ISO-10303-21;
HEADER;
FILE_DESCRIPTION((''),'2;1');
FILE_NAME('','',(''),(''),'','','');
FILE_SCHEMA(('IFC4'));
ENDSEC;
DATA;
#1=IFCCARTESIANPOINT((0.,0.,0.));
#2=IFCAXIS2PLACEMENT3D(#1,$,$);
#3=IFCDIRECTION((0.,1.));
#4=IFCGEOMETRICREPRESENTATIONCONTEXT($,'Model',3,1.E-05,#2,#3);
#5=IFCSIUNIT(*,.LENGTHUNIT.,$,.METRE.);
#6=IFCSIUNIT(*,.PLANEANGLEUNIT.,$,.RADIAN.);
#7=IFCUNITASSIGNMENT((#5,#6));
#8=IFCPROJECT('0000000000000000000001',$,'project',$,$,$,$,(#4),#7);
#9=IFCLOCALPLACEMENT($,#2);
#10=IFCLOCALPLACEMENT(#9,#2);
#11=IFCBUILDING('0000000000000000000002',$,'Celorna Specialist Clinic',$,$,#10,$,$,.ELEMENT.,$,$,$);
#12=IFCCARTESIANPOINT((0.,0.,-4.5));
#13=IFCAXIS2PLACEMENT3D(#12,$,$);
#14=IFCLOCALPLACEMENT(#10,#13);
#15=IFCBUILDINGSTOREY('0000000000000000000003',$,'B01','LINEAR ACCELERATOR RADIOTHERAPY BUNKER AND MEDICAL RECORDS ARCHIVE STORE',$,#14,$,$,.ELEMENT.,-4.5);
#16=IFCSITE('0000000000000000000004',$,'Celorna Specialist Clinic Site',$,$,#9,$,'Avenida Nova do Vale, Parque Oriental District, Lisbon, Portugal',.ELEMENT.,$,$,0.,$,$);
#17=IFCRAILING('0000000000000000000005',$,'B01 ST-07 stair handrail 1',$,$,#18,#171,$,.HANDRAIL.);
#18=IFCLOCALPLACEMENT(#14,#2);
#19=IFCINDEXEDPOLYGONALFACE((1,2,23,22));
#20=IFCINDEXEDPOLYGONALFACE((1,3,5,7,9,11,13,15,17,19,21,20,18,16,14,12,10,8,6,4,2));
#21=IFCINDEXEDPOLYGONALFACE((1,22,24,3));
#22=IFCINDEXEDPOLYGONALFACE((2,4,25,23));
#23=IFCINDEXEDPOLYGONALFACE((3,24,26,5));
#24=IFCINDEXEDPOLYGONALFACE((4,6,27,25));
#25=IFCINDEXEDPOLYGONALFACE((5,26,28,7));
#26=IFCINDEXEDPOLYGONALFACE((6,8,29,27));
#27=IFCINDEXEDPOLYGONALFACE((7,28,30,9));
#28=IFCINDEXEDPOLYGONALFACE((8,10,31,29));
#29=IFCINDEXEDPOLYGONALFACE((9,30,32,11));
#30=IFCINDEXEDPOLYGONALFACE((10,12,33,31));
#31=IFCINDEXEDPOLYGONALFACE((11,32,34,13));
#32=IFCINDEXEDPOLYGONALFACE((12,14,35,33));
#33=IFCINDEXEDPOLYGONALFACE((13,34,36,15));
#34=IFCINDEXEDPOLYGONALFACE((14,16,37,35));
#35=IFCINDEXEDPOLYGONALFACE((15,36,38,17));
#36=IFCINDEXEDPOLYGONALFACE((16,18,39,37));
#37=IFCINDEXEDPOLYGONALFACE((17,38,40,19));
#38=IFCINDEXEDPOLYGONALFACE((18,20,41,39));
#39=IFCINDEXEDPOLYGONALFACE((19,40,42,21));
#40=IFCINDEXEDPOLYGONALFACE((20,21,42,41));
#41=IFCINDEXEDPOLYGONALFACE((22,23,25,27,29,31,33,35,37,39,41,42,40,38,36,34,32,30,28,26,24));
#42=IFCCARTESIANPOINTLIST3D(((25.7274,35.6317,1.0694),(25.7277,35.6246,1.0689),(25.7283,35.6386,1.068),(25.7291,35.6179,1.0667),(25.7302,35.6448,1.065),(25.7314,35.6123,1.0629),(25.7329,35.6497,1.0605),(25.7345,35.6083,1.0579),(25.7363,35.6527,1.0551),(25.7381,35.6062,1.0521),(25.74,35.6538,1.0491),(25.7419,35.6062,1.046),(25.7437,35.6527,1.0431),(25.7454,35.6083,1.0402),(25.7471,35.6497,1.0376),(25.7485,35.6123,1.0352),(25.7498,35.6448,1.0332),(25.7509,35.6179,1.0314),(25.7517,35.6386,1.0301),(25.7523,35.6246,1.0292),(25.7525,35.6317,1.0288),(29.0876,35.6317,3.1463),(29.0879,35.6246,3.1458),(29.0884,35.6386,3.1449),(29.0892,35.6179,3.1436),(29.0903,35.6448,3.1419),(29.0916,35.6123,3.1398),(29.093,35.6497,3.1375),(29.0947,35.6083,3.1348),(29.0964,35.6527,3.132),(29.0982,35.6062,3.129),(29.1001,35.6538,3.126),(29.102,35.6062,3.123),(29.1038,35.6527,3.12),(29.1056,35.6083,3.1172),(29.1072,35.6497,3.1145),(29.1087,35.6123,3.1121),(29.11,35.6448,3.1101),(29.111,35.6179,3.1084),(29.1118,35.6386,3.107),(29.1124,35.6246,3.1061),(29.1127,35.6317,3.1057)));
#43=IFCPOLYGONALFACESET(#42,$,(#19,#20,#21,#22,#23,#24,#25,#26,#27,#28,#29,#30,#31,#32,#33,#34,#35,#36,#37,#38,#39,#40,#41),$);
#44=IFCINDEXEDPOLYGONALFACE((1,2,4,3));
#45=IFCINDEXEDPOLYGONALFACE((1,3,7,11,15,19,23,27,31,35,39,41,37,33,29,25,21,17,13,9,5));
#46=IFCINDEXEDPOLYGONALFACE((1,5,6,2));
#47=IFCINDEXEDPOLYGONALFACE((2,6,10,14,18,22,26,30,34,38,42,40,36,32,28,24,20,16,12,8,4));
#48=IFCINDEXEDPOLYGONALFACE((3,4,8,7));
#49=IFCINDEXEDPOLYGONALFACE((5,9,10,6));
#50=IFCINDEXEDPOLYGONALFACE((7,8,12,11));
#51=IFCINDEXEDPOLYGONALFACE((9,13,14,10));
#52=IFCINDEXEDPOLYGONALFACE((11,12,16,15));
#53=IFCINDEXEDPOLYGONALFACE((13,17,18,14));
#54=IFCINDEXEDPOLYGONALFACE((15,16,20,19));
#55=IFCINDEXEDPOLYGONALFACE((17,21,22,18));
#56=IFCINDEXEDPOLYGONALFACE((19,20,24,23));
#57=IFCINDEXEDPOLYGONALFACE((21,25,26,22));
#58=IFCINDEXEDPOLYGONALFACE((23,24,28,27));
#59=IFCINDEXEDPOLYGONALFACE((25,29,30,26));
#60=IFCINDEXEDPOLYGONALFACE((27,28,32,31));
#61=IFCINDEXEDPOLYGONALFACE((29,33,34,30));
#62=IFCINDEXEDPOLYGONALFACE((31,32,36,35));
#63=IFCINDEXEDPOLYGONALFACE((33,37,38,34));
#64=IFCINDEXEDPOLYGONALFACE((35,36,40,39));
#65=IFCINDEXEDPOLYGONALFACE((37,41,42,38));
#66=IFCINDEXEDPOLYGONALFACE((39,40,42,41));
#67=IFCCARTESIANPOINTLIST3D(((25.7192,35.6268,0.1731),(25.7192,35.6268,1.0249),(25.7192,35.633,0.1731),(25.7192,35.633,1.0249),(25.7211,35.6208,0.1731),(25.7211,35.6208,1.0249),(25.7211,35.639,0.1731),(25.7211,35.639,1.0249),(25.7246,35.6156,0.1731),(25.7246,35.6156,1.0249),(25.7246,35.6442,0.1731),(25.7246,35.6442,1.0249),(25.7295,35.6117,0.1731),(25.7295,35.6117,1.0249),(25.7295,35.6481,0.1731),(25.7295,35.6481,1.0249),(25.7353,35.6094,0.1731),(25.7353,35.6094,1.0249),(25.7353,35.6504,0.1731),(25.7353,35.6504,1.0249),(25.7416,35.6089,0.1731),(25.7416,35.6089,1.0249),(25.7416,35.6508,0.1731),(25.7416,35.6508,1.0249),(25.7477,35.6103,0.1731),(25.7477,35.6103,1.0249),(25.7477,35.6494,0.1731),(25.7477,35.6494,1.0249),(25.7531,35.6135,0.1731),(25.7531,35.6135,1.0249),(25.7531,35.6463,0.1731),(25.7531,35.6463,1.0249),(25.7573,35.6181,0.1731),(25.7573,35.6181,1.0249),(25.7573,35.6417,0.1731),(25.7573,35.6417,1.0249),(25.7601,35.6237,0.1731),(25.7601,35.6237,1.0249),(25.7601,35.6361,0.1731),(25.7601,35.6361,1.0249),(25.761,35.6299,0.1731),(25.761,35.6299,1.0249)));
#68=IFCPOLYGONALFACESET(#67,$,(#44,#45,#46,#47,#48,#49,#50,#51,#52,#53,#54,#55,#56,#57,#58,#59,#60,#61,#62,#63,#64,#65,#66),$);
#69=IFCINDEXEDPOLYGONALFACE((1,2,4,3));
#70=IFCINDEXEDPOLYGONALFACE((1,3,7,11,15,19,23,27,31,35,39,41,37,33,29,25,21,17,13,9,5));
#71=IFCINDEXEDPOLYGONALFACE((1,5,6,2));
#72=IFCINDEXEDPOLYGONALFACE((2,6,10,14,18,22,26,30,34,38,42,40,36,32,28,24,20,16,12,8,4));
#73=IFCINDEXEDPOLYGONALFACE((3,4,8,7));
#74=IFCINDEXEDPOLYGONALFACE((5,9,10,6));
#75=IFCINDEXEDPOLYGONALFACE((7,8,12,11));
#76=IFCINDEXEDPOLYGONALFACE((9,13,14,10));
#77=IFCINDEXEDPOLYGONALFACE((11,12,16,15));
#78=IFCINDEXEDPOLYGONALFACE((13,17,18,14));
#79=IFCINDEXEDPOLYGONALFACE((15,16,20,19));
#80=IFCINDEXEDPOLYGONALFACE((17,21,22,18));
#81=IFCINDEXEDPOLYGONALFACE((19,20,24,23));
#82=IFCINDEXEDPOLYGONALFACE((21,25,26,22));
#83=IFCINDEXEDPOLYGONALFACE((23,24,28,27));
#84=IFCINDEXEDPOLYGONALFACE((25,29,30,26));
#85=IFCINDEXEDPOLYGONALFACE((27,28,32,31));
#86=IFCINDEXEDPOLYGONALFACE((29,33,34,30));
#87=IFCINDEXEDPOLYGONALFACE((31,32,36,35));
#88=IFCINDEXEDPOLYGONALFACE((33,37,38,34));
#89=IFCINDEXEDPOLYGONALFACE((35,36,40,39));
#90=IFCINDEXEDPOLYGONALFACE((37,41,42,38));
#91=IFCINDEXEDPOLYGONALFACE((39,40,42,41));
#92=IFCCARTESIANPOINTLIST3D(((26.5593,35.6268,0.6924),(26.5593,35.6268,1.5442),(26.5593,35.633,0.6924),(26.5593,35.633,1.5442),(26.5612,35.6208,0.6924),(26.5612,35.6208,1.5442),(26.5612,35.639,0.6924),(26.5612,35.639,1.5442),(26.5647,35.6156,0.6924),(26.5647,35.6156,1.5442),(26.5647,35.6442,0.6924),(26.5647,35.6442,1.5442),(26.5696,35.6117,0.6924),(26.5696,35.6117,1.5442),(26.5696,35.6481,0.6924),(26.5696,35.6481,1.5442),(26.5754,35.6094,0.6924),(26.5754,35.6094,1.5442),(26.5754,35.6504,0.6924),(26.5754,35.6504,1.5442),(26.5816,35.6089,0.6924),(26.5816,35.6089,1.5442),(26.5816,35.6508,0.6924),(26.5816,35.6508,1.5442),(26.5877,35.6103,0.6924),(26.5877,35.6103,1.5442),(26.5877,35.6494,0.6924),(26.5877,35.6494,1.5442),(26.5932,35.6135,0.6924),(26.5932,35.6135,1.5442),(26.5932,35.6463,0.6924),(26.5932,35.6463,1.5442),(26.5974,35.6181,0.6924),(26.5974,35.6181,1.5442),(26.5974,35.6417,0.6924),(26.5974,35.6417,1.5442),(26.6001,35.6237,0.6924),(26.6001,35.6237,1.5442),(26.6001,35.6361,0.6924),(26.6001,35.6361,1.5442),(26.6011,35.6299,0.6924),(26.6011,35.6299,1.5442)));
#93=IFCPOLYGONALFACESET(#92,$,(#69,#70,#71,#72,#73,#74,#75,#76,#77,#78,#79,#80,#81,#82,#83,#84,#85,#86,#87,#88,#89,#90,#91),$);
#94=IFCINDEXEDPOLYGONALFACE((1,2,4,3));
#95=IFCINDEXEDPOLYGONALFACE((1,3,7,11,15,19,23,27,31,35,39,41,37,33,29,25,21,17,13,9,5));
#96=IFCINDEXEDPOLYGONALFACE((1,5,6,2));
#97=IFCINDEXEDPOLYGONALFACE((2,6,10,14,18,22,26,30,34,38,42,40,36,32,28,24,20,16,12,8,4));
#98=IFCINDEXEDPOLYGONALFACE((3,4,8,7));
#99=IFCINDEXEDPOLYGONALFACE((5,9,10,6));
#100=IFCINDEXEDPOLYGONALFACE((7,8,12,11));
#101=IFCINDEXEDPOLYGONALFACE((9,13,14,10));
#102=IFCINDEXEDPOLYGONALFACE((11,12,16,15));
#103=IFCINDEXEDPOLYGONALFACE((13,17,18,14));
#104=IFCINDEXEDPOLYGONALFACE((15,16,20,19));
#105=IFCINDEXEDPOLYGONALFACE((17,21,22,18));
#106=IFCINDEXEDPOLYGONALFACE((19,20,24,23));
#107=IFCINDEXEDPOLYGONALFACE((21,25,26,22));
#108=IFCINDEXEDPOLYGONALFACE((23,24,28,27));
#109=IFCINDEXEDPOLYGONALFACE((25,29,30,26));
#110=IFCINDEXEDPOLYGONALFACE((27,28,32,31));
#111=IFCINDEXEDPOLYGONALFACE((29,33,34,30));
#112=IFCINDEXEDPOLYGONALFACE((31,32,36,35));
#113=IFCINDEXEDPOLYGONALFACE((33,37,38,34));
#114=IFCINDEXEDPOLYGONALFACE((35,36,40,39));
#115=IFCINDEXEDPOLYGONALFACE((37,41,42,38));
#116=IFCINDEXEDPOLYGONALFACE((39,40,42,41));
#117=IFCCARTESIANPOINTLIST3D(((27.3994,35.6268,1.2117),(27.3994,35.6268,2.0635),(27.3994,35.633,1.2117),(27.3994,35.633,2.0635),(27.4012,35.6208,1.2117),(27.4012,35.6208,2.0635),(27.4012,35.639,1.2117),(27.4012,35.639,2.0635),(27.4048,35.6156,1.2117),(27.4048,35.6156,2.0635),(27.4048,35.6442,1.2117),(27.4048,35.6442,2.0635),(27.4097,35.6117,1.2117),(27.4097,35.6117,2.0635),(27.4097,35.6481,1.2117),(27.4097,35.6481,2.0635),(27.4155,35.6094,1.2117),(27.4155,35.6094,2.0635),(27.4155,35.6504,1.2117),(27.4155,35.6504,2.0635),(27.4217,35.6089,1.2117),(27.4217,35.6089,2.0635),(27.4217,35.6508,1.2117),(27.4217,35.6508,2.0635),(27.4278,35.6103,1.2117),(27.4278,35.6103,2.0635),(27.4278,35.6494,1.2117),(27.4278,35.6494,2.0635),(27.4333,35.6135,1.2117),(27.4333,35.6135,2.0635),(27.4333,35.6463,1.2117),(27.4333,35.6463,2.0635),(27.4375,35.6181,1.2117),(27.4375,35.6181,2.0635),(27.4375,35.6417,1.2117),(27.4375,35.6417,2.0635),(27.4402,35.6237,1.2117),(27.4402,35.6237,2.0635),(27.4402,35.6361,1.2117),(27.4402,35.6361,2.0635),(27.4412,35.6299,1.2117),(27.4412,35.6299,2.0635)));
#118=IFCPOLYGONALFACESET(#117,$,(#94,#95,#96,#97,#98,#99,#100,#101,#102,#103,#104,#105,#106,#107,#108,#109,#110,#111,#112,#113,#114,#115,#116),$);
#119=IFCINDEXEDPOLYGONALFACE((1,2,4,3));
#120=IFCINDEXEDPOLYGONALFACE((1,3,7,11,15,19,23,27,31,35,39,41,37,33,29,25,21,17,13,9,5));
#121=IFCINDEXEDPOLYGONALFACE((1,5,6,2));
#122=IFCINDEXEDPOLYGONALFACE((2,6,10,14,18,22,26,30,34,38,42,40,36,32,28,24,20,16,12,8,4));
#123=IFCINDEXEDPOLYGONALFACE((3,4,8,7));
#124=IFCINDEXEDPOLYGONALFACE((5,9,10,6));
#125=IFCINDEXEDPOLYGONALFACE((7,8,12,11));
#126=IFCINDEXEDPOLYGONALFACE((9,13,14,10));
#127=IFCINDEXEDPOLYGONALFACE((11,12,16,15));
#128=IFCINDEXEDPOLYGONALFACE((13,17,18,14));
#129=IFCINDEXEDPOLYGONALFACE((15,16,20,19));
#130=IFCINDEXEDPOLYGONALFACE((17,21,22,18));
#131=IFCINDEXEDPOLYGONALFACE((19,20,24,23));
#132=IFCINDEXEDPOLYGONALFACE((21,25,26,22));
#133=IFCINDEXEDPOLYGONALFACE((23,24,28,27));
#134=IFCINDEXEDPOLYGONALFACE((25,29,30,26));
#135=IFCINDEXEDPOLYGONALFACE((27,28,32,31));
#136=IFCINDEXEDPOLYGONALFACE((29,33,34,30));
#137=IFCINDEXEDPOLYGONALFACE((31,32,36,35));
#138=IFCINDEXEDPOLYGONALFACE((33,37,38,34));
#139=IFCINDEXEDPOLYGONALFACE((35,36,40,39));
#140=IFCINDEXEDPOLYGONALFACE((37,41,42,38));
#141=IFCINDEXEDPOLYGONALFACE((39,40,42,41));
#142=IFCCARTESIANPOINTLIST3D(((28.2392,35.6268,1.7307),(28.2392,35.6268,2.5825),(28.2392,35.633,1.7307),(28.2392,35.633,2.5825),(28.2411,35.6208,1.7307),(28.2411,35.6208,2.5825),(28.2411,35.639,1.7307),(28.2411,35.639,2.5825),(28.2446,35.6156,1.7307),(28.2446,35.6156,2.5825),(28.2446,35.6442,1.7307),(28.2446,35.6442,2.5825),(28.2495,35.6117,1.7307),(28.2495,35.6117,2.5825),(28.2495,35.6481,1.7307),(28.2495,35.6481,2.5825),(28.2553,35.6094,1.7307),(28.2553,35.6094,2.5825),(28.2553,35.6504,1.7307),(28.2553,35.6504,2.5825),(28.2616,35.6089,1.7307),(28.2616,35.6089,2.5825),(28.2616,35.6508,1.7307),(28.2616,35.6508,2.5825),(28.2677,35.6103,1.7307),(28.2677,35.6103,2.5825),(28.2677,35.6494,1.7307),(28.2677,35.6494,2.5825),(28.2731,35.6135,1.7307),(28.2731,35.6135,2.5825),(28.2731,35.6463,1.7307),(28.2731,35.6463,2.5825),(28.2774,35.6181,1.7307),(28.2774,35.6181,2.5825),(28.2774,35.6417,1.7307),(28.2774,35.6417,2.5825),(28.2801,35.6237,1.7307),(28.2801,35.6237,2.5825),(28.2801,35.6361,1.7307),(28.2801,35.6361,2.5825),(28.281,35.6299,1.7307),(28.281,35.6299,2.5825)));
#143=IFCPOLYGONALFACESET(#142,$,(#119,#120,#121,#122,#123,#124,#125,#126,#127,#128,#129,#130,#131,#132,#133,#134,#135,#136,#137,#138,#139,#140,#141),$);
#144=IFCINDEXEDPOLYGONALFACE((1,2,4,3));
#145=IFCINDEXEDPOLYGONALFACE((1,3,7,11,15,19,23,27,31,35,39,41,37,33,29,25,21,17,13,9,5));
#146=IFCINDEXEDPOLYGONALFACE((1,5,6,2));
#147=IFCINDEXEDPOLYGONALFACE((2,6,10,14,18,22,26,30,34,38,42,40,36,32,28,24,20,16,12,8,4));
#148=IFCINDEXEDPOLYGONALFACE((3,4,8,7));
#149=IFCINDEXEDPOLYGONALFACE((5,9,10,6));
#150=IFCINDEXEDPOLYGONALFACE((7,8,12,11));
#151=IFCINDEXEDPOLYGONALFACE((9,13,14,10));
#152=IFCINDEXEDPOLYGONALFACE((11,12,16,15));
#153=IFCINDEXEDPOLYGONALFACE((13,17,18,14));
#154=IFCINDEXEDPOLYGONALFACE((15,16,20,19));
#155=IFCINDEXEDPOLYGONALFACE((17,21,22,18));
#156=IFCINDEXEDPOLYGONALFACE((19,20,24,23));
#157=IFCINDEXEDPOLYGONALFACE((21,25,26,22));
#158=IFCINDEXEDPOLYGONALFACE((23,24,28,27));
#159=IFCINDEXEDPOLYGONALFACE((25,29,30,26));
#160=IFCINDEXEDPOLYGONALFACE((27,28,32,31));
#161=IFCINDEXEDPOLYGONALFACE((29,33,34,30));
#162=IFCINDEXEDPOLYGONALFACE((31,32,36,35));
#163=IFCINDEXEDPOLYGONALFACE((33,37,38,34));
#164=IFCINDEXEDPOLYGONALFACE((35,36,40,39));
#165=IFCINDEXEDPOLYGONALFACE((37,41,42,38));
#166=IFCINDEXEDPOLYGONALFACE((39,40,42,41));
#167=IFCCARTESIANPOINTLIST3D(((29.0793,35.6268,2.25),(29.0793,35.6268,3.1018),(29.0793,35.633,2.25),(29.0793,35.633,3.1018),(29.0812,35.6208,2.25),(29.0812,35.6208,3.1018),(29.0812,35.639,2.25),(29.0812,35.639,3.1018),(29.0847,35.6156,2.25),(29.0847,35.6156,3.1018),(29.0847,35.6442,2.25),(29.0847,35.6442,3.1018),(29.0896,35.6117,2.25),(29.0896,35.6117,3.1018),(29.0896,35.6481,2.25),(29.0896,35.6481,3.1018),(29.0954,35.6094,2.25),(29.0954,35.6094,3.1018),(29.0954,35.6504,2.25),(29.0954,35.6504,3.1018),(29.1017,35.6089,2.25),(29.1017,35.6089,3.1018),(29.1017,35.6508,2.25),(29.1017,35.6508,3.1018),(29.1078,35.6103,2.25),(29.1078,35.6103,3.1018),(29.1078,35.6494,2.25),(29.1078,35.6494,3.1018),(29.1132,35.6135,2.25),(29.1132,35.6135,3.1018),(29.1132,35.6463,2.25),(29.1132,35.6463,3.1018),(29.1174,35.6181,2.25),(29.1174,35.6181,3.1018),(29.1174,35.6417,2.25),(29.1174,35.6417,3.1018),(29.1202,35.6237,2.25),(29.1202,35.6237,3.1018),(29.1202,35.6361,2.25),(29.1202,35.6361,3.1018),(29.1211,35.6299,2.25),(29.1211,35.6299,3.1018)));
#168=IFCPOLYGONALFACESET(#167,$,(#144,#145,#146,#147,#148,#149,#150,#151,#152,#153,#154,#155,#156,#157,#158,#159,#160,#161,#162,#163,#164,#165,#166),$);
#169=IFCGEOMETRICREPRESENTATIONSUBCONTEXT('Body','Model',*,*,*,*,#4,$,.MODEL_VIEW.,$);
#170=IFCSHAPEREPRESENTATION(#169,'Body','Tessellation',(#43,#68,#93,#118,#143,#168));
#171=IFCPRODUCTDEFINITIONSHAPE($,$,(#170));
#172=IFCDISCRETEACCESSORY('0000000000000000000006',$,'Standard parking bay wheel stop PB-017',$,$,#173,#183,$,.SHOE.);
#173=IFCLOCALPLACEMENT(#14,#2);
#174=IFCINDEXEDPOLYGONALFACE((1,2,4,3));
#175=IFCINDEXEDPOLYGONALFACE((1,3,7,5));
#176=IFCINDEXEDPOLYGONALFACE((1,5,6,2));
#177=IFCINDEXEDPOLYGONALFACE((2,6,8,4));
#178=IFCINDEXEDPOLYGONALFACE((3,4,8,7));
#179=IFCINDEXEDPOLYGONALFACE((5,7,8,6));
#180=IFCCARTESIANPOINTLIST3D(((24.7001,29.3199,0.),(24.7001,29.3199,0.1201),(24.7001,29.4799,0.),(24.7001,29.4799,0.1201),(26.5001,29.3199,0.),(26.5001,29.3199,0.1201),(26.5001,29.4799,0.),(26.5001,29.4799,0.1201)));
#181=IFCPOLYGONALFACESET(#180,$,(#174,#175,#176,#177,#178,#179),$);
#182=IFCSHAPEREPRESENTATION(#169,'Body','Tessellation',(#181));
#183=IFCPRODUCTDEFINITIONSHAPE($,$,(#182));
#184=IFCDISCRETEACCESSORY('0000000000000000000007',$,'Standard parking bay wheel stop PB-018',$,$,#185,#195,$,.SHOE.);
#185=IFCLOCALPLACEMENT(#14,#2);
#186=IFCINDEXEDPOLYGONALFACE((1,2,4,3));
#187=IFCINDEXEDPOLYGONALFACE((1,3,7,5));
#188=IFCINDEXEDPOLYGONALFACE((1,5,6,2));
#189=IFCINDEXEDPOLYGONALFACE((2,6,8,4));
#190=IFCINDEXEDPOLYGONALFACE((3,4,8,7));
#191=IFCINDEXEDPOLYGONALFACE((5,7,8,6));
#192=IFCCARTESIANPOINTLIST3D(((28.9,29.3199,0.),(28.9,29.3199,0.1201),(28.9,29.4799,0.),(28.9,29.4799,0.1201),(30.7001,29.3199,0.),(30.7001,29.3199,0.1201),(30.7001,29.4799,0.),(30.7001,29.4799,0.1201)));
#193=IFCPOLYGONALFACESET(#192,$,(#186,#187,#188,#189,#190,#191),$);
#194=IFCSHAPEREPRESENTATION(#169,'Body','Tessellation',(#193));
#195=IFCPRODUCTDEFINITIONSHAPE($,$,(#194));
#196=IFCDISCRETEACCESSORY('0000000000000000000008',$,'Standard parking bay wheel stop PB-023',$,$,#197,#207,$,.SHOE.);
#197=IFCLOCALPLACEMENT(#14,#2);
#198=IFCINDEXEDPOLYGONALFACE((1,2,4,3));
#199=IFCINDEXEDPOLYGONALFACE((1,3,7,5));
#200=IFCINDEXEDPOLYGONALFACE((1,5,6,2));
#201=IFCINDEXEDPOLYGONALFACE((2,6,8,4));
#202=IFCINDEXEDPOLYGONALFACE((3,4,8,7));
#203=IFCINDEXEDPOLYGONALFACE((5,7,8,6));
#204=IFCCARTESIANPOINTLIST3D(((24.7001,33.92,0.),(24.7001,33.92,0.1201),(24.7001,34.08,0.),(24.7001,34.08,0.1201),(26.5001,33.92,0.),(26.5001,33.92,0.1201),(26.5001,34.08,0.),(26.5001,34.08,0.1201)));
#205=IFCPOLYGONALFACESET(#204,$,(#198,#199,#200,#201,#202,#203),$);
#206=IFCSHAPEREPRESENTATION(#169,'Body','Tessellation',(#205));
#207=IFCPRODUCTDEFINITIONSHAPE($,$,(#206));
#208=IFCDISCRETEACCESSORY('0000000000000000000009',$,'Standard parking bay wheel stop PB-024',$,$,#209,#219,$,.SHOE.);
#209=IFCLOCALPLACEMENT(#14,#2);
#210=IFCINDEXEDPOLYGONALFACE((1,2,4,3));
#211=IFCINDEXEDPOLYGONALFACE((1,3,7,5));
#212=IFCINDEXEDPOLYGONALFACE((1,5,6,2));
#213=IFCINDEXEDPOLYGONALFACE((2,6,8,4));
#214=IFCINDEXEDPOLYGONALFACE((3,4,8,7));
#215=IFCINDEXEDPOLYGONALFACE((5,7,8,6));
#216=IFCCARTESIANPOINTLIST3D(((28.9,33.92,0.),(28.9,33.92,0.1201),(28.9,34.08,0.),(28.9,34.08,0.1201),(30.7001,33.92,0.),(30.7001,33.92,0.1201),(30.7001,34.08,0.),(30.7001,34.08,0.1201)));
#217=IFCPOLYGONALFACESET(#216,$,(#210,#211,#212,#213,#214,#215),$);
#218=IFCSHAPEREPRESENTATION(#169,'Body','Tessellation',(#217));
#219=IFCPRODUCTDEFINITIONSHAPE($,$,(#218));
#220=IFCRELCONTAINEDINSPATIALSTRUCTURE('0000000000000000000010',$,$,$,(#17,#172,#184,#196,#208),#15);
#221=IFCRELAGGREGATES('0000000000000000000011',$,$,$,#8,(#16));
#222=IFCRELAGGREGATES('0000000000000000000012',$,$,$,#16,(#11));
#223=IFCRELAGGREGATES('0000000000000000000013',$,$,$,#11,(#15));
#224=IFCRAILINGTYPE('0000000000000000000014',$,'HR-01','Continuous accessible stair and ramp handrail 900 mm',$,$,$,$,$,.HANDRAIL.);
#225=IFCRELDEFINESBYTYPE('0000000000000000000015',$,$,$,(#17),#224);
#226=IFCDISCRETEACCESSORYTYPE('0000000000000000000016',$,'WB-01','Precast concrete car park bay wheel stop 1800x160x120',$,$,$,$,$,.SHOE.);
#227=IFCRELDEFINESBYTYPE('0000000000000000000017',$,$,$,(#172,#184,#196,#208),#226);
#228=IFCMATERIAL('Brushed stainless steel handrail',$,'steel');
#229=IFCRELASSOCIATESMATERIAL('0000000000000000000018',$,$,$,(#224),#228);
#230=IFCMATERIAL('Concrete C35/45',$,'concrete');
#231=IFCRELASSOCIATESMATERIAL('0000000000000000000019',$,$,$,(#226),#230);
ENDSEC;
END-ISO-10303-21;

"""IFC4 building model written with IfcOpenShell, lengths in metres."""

from ifc_helpers import new_model, si_unit, direction, frame, origin, origin_2d, place, context, subcontext, project, spatial, rectangle, circle, extrude, material, type_object, element, save


model = new_model("IFC4")

# Units and contexts
model_context = context("Model", 3, precision=1e-05, world=origin(), true_north=direction((0.0, 1.0)))
body_context = subcontext(model_context, "Body", "Model", "MODEL_VIEW")
ifc_project = project(units=[si_unit("LENGTHUNIT", "METRE"), si_unit("PLANEANGLEUNIT", "RADIAN")], contexts=[model_context])

# Site, building, storey
site_placement = place(None, origin())
site = spatial("IfcSite", under=ifc_project, at=site_placement, Name="Celorna Specialist Clinic Site", LongName="Avenida Nova do Vale, Parque Oriental District, Lisbon, Portugal", CompositionType="ELEMENT", RefElevation=0.0)
building_placement = place(site_placement, origin())
building = spatial("IfcBuilding", under=site, at=building_placement, Name="Celorna Specialist Clinic", CompositionType="ELEMENT")
storey_placement = place(building_placement, frame((0.0, 0.0, -4.5)))
storey = spatial("IfcBuildingStorey", under=building, at=storey_placement, Name="B01", Description="LINEAR ACCELERATOR RADIOTHERAPY BUNKER AND MEDICAL RECORDS ARCHIVE STORE", CompositionType="ELEMENT", Elevation=-4.5)

# Shared definitions
ifc_material_1 = material(Name="Concrete C35/45", Category="concrete")

# Railing
ifc_material_2 = material(Name="Brushed stainless steel handrail", Category="steel")
railing_type_1 = type_object("IfcRailingType", Name="HR-01", Description="Continuous accessible stair and ramp handrail 900 mm", PredefinedType="HANDRAIL", material=ifc_material_2)
railing_1_placement = place(storey_placement, frame((25.74, 35.6299, 0.1731)))
element("IfcRailing", 1, at=railing_1_placement, inside=storey, type_object=railing_type_1, Name="B01 ST-07 stair handrail 1", PredefinedType="HANDRAIL", context=body_context, shape_type="SweptSolid", body=[
    extrude(circle(Radius=0.0239, at=origin_2d()), frame((0.0, 0.0, 0.876), z_axis=(0.850623, 0.0, 0.525776), x_axis=(0.0, 1.0, 0.0)), (0.0, 0.0, 1.0), 3.9502),
    extrude(circle(Radius=0.021, at=origin_2d()), origin(), (0.0, 0.0, 1.0), 0.8518),
    extrude(circle(Radius=0.021, at=origin_2d()), frame((0.8401, 0.0, 0.5193)), (0.0, 0.0, 1.0), 0.8518),
    extrude(circle(Radius=0.021, at=origin_2d()), frame((1.6802, 0.0, 1.0386)), (0.0, 0.0, 1.0), 0.8518),
    extrude(circle(Radius=0.021, at=origin_2d()), frame((2.52, 0.0, 1.5576)), (0.0, 0.0, 1.0), 0.8518),
    extrude(circle(Radius=0.021, at=origin_2d()), frame((3.3601, 0.0, 2.0769)), (0.0, 0.0, 1.0), 0.8518),
])

# Discrete accessories
discrete_accessory_type = type_object("IfcDiscreteAccessoryType", Name="WB-01", Description="Precast concrete car park bay wheel stop 1800x160x120", PredefinedType="SHOE", material=ifc_material_1)
for number, where, z_axis, x_axis, name in (
    (2, (25.6001, 29.3999, 0.0), (0.0, 0.0, 1.0), (1.0, 0.0, 0.0), "Standard parking bay wheel stop PB-017"),
    (3, (29.8, 29.3999, 0.0), (0.0, 0.0, 1.0), (1.0, 0.0, 0.0), "Standard parking bay wheel stop PB-018"),
    (4, (25.6001, 34.0, 0.0), (0.0, 0.0, 1.0), (1.0, 0.0, 0.0), "Standard parking bay wheel stop PB-023"),
    (5, (29.8, 34.0, 0.0), (0.0, 0.0, 1.0), (1.0, 0.0, 0.0), "Standard parking bay wheel stop PB-024"),
):
    element("IfcDiscreteAccessory", number, at=place(storey_placement, frame(where, z_axis=z_axis, x_axis=x_axis)), inside=storey, type_object=discrete_accessory_type, Name=name, PredefinedType="SHOE", context=body_context, shape_type="SweptSolid", body=[
        extrude(rectangle(XDim=1.8, YDim=0.1599, at=origin_2d()), origin(), (0.0, 0.0, 1.0), 0.1201),
    ])

save(model, "model.ifc")
